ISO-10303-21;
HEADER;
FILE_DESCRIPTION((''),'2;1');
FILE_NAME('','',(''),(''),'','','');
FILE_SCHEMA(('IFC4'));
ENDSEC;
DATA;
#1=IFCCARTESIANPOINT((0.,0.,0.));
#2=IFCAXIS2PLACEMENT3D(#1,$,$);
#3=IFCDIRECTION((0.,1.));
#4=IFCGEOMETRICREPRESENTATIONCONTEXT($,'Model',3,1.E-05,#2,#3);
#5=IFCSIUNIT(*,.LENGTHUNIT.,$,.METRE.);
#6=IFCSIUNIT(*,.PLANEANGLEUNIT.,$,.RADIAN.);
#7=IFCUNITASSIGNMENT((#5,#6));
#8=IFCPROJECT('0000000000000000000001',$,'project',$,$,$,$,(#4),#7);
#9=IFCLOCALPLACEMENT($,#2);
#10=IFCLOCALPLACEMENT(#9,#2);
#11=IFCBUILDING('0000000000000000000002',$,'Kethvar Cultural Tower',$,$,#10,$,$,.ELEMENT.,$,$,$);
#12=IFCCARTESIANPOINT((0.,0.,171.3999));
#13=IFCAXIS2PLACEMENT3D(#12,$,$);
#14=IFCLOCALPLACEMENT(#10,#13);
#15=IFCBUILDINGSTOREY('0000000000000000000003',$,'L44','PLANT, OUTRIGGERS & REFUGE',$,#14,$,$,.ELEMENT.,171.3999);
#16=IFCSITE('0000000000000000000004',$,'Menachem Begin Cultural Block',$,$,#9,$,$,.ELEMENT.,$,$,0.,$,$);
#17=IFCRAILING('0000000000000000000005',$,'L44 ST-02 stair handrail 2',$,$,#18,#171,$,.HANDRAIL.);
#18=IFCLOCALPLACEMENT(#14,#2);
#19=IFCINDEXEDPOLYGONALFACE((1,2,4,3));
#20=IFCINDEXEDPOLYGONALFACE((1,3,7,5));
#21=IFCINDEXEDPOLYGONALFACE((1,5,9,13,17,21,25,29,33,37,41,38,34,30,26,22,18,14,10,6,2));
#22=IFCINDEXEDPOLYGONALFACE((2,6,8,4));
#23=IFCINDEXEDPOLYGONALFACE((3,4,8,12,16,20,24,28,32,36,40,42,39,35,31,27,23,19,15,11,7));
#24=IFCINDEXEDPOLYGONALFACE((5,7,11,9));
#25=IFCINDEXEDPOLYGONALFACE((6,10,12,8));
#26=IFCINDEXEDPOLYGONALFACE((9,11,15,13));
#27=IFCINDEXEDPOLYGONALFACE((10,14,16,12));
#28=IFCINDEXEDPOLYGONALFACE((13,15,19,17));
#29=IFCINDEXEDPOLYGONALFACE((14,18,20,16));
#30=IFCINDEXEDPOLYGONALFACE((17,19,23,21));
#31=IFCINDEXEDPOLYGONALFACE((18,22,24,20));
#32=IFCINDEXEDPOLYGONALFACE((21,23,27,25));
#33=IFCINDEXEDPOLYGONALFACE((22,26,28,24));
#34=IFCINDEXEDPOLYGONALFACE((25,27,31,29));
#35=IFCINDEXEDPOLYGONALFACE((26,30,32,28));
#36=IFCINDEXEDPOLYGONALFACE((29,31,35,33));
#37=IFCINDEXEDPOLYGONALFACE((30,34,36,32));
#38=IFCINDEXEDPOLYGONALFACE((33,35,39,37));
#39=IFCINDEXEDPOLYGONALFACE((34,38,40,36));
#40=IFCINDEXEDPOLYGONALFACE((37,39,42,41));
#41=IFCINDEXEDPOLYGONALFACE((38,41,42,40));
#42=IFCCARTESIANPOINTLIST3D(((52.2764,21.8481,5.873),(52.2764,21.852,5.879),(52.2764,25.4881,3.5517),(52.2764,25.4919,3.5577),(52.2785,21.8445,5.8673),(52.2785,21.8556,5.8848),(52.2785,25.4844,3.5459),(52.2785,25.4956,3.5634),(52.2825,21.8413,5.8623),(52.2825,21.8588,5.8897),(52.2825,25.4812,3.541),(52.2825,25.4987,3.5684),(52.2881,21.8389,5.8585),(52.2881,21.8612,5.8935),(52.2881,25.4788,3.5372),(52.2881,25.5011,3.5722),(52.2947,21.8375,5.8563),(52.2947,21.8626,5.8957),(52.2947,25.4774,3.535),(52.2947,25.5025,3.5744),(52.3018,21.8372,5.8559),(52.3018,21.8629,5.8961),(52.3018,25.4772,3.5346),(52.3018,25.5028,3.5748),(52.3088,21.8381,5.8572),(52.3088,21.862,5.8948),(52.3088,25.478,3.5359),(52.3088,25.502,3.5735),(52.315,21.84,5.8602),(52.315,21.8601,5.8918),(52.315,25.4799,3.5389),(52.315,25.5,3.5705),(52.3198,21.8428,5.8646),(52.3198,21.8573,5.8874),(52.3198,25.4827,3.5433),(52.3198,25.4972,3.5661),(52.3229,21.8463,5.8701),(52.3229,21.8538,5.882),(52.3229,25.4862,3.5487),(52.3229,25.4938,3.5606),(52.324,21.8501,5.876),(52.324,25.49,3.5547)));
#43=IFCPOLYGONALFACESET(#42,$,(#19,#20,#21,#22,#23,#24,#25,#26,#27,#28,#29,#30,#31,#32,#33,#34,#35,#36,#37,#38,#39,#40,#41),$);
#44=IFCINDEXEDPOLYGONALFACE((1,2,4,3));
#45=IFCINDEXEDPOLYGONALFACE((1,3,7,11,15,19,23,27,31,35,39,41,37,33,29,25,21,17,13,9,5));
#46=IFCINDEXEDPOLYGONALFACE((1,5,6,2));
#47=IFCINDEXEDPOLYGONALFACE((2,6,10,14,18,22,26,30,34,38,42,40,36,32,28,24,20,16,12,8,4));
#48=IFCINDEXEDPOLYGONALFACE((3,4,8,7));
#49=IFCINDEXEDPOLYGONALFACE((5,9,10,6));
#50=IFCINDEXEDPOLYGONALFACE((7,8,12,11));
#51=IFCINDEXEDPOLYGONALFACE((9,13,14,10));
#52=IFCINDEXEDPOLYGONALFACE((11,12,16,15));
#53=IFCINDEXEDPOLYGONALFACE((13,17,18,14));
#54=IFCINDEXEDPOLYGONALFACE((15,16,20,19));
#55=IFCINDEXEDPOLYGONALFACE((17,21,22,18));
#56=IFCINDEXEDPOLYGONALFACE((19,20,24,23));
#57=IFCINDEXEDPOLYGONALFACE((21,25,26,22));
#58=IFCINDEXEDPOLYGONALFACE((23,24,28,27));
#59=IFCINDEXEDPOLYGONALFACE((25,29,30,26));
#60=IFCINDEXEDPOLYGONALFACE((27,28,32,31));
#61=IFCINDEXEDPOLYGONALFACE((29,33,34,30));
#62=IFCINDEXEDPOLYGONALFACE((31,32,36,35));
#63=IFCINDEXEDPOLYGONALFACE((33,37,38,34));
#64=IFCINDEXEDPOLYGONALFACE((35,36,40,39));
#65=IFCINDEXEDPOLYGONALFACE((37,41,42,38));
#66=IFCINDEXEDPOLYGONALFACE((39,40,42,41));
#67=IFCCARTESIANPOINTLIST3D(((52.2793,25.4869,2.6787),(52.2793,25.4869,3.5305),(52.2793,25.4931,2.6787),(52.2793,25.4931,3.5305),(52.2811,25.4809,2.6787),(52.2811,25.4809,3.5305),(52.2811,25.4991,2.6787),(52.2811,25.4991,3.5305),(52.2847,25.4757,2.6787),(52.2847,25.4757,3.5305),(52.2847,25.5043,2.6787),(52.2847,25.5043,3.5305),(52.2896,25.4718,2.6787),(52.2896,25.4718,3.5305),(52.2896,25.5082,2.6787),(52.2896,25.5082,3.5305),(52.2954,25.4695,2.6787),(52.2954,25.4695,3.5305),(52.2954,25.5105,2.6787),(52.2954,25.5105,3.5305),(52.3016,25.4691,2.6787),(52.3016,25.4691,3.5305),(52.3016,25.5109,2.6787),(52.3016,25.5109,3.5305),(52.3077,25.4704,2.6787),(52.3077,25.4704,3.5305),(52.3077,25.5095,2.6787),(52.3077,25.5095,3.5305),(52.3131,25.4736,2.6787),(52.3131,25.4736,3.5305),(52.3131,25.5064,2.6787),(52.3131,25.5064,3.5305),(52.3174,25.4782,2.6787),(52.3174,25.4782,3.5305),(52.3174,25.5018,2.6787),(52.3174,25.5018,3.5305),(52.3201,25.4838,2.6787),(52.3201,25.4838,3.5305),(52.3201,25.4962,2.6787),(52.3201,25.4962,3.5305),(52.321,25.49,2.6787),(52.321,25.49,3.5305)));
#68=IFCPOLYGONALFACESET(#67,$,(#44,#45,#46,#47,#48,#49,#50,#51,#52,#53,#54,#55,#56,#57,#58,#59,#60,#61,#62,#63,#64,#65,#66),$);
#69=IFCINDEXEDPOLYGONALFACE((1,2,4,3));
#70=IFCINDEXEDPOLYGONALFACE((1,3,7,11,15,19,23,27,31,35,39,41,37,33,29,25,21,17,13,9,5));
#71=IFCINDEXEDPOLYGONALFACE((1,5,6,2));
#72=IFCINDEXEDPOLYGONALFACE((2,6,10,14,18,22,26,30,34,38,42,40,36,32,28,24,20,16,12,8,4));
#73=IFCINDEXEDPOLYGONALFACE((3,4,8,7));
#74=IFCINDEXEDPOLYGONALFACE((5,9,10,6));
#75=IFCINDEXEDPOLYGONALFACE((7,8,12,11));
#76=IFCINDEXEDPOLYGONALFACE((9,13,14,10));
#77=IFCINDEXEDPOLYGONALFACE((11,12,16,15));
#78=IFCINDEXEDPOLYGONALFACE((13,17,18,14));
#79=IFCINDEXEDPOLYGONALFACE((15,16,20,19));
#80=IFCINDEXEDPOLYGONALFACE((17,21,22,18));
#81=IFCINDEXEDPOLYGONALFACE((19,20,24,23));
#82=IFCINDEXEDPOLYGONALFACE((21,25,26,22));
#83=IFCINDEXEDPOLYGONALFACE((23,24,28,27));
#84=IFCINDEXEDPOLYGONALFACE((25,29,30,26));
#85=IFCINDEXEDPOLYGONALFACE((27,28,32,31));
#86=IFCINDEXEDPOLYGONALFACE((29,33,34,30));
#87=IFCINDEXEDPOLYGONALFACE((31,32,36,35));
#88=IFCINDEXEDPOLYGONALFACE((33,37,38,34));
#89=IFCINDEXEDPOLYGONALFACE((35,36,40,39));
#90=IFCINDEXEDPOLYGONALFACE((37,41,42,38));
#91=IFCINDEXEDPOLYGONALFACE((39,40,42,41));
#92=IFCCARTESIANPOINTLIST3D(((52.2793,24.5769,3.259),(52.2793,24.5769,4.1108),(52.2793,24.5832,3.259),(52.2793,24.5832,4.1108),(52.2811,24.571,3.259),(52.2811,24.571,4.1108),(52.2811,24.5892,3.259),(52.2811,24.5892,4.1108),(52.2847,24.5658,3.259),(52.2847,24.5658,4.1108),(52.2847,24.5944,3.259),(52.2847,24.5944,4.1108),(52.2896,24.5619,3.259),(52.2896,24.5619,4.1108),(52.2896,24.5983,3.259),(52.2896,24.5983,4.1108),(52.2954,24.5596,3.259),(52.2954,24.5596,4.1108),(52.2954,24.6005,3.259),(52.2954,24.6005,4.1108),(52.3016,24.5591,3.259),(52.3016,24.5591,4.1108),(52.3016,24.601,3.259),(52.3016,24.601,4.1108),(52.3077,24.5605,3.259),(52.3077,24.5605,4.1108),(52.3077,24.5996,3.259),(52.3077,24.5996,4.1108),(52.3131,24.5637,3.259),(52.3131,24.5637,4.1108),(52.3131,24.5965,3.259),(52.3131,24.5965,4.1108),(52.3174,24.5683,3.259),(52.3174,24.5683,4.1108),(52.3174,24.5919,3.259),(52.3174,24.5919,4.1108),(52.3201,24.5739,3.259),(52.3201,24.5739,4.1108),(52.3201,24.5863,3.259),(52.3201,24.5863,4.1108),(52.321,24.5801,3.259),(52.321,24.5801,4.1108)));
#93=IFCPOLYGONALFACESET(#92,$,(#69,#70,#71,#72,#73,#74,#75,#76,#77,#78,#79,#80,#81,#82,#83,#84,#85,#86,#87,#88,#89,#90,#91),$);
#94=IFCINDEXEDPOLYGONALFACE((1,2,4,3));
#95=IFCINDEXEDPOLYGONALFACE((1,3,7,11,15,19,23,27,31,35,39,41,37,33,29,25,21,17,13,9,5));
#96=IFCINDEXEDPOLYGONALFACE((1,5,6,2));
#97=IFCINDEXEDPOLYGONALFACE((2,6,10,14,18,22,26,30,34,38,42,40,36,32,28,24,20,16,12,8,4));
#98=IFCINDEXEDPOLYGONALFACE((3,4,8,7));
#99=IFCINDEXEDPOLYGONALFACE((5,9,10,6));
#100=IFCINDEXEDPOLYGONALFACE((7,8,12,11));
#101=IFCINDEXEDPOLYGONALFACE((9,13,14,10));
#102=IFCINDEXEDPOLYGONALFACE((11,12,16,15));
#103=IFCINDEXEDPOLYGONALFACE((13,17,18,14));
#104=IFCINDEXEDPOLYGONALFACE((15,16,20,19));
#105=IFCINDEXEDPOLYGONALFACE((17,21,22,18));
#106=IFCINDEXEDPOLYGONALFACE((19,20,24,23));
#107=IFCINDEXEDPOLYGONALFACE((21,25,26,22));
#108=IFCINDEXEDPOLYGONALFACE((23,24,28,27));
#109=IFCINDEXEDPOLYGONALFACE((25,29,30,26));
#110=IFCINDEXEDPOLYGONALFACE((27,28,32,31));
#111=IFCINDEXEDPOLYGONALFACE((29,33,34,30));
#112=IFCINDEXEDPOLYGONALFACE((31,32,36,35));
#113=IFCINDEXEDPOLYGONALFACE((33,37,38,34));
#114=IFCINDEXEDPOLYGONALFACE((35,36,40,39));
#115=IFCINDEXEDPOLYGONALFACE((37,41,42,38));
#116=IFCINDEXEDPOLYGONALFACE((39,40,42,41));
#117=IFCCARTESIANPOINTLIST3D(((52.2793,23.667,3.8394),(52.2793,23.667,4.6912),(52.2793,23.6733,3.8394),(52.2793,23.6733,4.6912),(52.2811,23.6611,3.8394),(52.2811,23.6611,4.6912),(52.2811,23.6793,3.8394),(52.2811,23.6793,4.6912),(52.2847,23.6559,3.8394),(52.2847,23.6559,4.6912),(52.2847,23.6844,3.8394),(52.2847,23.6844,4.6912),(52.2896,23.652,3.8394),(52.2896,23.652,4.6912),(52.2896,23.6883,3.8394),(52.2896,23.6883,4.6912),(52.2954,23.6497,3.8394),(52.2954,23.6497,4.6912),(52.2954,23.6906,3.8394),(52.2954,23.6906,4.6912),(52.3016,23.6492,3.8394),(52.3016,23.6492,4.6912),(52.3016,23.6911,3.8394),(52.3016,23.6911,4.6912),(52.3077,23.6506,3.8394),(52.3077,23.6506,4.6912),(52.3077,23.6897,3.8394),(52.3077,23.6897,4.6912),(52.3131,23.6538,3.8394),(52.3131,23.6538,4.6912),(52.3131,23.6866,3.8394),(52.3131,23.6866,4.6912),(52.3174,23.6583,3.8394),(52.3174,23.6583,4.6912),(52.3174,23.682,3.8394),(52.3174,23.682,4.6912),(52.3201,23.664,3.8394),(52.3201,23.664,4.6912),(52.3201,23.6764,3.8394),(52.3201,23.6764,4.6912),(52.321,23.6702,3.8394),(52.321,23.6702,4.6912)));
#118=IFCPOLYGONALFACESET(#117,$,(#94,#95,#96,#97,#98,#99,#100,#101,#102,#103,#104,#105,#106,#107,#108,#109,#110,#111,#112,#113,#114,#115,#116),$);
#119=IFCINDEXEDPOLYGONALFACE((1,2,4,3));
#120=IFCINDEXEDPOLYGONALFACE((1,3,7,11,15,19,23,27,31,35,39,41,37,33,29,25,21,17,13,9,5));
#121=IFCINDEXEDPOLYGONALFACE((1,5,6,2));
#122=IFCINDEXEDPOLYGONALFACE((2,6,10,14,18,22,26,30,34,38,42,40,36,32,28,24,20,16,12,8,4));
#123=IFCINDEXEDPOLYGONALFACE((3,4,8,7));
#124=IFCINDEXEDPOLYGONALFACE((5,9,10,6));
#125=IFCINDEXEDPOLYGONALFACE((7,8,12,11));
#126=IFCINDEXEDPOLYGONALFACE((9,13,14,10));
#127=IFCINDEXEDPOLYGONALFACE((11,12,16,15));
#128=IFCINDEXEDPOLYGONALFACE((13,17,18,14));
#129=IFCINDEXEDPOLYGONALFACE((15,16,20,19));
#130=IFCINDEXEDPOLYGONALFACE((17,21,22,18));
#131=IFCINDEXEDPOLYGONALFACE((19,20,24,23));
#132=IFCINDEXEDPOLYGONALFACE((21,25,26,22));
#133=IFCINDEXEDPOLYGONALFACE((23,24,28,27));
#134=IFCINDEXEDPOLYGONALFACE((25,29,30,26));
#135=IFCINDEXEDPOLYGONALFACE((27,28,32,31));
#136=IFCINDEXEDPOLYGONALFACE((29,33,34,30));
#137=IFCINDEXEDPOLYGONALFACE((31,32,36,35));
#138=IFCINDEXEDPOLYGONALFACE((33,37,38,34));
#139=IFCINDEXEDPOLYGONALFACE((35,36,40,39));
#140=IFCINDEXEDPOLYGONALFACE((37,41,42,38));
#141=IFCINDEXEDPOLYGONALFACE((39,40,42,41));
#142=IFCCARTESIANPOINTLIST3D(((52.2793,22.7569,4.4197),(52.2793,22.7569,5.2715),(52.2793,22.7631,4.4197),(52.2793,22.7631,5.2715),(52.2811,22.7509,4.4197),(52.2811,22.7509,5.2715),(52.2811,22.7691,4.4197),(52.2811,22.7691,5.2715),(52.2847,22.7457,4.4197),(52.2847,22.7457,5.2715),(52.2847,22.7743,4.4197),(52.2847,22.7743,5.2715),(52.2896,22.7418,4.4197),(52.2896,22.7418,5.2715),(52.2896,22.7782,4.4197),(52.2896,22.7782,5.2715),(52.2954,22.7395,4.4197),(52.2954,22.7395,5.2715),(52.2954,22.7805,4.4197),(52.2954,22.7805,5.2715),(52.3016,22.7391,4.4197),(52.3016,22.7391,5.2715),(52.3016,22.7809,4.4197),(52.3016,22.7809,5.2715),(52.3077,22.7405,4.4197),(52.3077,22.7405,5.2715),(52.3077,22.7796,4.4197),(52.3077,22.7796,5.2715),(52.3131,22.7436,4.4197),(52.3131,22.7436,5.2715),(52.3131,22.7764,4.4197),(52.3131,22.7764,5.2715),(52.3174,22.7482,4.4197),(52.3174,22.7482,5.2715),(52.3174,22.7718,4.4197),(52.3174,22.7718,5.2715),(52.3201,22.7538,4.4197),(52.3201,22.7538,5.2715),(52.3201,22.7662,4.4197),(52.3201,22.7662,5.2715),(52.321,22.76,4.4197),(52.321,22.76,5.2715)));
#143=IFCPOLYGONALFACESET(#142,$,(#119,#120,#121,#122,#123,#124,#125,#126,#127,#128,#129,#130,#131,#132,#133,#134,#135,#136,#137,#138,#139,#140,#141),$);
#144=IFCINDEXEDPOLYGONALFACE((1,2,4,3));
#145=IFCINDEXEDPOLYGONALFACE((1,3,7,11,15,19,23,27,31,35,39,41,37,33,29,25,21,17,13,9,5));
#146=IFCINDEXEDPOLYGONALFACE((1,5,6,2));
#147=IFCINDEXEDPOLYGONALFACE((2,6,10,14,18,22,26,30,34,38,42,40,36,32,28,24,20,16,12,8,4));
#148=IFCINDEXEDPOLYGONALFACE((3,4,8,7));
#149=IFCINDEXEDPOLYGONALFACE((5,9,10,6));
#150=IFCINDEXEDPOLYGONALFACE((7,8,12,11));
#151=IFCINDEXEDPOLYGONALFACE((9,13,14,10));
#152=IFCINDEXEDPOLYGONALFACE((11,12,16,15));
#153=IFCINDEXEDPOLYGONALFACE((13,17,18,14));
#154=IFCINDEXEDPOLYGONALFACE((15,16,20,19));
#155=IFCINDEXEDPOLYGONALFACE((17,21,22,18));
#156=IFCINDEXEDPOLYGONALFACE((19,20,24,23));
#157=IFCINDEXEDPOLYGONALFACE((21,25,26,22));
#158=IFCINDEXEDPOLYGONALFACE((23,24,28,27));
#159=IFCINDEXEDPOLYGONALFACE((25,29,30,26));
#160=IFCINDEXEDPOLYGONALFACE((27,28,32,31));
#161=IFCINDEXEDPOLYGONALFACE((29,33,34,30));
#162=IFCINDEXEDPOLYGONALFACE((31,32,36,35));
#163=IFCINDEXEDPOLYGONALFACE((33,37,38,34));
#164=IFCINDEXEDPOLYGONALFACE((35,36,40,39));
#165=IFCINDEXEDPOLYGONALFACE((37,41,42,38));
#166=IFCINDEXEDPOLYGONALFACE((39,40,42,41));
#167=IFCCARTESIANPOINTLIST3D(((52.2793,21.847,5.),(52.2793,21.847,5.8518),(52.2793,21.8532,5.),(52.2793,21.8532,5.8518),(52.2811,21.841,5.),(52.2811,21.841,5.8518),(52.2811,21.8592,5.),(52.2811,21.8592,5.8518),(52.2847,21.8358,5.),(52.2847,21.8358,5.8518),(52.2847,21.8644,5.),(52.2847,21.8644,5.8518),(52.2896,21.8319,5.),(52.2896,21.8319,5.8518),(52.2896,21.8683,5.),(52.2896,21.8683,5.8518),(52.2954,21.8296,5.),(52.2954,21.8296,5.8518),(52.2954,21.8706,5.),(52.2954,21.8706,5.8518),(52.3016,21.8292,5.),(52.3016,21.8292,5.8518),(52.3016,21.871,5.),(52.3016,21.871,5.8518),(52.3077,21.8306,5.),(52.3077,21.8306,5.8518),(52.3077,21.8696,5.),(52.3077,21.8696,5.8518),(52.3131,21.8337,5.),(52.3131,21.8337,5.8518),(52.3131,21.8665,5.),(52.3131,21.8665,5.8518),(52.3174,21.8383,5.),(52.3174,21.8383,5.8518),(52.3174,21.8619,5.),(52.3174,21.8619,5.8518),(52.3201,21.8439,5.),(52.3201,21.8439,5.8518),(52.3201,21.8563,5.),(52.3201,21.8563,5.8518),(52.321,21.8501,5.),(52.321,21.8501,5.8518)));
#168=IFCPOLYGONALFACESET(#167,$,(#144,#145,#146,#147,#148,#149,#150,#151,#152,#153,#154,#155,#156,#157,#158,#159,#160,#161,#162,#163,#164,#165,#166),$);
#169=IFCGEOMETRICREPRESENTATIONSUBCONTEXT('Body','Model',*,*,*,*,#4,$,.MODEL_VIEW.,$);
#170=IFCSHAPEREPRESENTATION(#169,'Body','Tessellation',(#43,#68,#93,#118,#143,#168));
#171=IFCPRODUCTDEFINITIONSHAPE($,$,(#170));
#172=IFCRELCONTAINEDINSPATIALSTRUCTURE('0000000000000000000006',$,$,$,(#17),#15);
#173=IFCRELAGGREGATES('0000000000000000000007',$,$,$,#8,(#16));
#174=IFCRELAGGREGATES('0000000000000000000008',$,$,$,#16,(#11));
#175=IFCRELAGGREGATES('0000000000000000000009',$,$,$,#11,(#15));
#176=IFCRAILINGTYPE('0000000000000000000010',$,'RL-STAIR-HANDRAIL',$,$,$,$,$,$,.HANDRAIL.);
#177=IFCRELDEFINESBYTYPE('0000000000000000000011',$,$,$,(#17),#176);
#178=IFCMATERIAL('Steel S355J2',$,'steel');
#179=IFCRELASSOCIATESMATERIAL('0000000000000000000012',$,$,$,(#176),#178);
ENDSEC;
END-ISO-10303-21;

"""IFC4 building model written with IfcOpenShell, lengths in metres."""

from ifc_helpers import new_model, si_unit, direction, frame, origin, origin_2d, place, context, subcontext, project, spatial, circle, extrude, material, type_object, element, save


model = new_model("IFC4")

# Units and contexts
model_context = context("Model", 3, precision=1e-05, world=origin(), true_north=direction((0.0, 1.0)))
body_context = subcontext(model_context, "Body", "Model", "MODEL_VIEW")
ifc_project = project(units=[si_unit("LENGTHUNIT", "METRE"), si_unit("PLANEANGLEUNIT", "RADIAN")], contexts=[model_context])

# Site, building, storey
site_placement = place(None, origin())
site = spatial("IfcSite", under=ifc_project, at=site_placement, Name="Menachem Begin Cultural Block", CompositionType="ELEMENT", RefElevation=0.0)
building_placement = place(site_placement, origin())
building = spatial("IfcBuilding", under=site, at=building_placement, Name="Kethvar Cultural Tower", CompositionType="ELEMENT")
storey_placement = place(building_placement, frame((0.0, 0.0, 171.3999)))
storey = spatial("IfcBuildingStorey", under=building, at=storey_placement, Name="L44", Description="PLANT, OUTRIGGERS & REFUGE", CompositionType="ELEMENT", Elevation=171.3999)

# Shared definitions
ifc_material_1 = material(Name="Steel S355J2", Category="steel")

# Railing
railing_type_1 = type_object("IfcRailingType", Name="RL-STAIR-HANDRAIL", PredefinedType="HANDRAIL", material=ifc_material_1)
railing_1_placement = place(storey_placement, frame((52.3, 25.49, 2.6787)))
element("IfcRailing", 1, at=railing_1_placement, inside=storey, type_object=railing_type_1, Name="L44 ST-02 stair handrail 2", PredefinedType="HANDRAIL", context=body_context, shape_type="SweptSolid", body=[
    extrude(circle(Radius=0.0239, at=origin_2d()), frame((0.0, 0.0, 0.876), z_axis=(0.0, -0.843137, 0.537699), x_axis=(1.0, 0.0, 0.0)), (0.0, 0.0, 1.0), 4.3171),
    extrude(circle(Radius=0.021, at=origin_2d()), origin(), (0.0, 0.0, 1.0), 0.8518),
    extrude(circle(Radius=0.021, at=origin_2d()), frame((0.0, -0.9099, 0.5803)), (0.0, 0.0, 1.0), 0.8518),
    extrude(circle(Radius=0.021, at=origin_2d()), frame((0.0, -1.8198, 1.1606)), (0.0, 0.0, 1.0), 0.8518),
    extrude(circle(Radius=0.021, at=origin_2d()), frame((0.0, -2.73, 1.741)), (0.0, 0.0, 1.0), 0.8518),
    extrude(circle(Radius=0.021, at=origin_2d()), frame((0.0, -3.6399, 2.3213)), (0.0, 0.0, 1.0), 0.8518),
])

save(model, "model.ifc")
